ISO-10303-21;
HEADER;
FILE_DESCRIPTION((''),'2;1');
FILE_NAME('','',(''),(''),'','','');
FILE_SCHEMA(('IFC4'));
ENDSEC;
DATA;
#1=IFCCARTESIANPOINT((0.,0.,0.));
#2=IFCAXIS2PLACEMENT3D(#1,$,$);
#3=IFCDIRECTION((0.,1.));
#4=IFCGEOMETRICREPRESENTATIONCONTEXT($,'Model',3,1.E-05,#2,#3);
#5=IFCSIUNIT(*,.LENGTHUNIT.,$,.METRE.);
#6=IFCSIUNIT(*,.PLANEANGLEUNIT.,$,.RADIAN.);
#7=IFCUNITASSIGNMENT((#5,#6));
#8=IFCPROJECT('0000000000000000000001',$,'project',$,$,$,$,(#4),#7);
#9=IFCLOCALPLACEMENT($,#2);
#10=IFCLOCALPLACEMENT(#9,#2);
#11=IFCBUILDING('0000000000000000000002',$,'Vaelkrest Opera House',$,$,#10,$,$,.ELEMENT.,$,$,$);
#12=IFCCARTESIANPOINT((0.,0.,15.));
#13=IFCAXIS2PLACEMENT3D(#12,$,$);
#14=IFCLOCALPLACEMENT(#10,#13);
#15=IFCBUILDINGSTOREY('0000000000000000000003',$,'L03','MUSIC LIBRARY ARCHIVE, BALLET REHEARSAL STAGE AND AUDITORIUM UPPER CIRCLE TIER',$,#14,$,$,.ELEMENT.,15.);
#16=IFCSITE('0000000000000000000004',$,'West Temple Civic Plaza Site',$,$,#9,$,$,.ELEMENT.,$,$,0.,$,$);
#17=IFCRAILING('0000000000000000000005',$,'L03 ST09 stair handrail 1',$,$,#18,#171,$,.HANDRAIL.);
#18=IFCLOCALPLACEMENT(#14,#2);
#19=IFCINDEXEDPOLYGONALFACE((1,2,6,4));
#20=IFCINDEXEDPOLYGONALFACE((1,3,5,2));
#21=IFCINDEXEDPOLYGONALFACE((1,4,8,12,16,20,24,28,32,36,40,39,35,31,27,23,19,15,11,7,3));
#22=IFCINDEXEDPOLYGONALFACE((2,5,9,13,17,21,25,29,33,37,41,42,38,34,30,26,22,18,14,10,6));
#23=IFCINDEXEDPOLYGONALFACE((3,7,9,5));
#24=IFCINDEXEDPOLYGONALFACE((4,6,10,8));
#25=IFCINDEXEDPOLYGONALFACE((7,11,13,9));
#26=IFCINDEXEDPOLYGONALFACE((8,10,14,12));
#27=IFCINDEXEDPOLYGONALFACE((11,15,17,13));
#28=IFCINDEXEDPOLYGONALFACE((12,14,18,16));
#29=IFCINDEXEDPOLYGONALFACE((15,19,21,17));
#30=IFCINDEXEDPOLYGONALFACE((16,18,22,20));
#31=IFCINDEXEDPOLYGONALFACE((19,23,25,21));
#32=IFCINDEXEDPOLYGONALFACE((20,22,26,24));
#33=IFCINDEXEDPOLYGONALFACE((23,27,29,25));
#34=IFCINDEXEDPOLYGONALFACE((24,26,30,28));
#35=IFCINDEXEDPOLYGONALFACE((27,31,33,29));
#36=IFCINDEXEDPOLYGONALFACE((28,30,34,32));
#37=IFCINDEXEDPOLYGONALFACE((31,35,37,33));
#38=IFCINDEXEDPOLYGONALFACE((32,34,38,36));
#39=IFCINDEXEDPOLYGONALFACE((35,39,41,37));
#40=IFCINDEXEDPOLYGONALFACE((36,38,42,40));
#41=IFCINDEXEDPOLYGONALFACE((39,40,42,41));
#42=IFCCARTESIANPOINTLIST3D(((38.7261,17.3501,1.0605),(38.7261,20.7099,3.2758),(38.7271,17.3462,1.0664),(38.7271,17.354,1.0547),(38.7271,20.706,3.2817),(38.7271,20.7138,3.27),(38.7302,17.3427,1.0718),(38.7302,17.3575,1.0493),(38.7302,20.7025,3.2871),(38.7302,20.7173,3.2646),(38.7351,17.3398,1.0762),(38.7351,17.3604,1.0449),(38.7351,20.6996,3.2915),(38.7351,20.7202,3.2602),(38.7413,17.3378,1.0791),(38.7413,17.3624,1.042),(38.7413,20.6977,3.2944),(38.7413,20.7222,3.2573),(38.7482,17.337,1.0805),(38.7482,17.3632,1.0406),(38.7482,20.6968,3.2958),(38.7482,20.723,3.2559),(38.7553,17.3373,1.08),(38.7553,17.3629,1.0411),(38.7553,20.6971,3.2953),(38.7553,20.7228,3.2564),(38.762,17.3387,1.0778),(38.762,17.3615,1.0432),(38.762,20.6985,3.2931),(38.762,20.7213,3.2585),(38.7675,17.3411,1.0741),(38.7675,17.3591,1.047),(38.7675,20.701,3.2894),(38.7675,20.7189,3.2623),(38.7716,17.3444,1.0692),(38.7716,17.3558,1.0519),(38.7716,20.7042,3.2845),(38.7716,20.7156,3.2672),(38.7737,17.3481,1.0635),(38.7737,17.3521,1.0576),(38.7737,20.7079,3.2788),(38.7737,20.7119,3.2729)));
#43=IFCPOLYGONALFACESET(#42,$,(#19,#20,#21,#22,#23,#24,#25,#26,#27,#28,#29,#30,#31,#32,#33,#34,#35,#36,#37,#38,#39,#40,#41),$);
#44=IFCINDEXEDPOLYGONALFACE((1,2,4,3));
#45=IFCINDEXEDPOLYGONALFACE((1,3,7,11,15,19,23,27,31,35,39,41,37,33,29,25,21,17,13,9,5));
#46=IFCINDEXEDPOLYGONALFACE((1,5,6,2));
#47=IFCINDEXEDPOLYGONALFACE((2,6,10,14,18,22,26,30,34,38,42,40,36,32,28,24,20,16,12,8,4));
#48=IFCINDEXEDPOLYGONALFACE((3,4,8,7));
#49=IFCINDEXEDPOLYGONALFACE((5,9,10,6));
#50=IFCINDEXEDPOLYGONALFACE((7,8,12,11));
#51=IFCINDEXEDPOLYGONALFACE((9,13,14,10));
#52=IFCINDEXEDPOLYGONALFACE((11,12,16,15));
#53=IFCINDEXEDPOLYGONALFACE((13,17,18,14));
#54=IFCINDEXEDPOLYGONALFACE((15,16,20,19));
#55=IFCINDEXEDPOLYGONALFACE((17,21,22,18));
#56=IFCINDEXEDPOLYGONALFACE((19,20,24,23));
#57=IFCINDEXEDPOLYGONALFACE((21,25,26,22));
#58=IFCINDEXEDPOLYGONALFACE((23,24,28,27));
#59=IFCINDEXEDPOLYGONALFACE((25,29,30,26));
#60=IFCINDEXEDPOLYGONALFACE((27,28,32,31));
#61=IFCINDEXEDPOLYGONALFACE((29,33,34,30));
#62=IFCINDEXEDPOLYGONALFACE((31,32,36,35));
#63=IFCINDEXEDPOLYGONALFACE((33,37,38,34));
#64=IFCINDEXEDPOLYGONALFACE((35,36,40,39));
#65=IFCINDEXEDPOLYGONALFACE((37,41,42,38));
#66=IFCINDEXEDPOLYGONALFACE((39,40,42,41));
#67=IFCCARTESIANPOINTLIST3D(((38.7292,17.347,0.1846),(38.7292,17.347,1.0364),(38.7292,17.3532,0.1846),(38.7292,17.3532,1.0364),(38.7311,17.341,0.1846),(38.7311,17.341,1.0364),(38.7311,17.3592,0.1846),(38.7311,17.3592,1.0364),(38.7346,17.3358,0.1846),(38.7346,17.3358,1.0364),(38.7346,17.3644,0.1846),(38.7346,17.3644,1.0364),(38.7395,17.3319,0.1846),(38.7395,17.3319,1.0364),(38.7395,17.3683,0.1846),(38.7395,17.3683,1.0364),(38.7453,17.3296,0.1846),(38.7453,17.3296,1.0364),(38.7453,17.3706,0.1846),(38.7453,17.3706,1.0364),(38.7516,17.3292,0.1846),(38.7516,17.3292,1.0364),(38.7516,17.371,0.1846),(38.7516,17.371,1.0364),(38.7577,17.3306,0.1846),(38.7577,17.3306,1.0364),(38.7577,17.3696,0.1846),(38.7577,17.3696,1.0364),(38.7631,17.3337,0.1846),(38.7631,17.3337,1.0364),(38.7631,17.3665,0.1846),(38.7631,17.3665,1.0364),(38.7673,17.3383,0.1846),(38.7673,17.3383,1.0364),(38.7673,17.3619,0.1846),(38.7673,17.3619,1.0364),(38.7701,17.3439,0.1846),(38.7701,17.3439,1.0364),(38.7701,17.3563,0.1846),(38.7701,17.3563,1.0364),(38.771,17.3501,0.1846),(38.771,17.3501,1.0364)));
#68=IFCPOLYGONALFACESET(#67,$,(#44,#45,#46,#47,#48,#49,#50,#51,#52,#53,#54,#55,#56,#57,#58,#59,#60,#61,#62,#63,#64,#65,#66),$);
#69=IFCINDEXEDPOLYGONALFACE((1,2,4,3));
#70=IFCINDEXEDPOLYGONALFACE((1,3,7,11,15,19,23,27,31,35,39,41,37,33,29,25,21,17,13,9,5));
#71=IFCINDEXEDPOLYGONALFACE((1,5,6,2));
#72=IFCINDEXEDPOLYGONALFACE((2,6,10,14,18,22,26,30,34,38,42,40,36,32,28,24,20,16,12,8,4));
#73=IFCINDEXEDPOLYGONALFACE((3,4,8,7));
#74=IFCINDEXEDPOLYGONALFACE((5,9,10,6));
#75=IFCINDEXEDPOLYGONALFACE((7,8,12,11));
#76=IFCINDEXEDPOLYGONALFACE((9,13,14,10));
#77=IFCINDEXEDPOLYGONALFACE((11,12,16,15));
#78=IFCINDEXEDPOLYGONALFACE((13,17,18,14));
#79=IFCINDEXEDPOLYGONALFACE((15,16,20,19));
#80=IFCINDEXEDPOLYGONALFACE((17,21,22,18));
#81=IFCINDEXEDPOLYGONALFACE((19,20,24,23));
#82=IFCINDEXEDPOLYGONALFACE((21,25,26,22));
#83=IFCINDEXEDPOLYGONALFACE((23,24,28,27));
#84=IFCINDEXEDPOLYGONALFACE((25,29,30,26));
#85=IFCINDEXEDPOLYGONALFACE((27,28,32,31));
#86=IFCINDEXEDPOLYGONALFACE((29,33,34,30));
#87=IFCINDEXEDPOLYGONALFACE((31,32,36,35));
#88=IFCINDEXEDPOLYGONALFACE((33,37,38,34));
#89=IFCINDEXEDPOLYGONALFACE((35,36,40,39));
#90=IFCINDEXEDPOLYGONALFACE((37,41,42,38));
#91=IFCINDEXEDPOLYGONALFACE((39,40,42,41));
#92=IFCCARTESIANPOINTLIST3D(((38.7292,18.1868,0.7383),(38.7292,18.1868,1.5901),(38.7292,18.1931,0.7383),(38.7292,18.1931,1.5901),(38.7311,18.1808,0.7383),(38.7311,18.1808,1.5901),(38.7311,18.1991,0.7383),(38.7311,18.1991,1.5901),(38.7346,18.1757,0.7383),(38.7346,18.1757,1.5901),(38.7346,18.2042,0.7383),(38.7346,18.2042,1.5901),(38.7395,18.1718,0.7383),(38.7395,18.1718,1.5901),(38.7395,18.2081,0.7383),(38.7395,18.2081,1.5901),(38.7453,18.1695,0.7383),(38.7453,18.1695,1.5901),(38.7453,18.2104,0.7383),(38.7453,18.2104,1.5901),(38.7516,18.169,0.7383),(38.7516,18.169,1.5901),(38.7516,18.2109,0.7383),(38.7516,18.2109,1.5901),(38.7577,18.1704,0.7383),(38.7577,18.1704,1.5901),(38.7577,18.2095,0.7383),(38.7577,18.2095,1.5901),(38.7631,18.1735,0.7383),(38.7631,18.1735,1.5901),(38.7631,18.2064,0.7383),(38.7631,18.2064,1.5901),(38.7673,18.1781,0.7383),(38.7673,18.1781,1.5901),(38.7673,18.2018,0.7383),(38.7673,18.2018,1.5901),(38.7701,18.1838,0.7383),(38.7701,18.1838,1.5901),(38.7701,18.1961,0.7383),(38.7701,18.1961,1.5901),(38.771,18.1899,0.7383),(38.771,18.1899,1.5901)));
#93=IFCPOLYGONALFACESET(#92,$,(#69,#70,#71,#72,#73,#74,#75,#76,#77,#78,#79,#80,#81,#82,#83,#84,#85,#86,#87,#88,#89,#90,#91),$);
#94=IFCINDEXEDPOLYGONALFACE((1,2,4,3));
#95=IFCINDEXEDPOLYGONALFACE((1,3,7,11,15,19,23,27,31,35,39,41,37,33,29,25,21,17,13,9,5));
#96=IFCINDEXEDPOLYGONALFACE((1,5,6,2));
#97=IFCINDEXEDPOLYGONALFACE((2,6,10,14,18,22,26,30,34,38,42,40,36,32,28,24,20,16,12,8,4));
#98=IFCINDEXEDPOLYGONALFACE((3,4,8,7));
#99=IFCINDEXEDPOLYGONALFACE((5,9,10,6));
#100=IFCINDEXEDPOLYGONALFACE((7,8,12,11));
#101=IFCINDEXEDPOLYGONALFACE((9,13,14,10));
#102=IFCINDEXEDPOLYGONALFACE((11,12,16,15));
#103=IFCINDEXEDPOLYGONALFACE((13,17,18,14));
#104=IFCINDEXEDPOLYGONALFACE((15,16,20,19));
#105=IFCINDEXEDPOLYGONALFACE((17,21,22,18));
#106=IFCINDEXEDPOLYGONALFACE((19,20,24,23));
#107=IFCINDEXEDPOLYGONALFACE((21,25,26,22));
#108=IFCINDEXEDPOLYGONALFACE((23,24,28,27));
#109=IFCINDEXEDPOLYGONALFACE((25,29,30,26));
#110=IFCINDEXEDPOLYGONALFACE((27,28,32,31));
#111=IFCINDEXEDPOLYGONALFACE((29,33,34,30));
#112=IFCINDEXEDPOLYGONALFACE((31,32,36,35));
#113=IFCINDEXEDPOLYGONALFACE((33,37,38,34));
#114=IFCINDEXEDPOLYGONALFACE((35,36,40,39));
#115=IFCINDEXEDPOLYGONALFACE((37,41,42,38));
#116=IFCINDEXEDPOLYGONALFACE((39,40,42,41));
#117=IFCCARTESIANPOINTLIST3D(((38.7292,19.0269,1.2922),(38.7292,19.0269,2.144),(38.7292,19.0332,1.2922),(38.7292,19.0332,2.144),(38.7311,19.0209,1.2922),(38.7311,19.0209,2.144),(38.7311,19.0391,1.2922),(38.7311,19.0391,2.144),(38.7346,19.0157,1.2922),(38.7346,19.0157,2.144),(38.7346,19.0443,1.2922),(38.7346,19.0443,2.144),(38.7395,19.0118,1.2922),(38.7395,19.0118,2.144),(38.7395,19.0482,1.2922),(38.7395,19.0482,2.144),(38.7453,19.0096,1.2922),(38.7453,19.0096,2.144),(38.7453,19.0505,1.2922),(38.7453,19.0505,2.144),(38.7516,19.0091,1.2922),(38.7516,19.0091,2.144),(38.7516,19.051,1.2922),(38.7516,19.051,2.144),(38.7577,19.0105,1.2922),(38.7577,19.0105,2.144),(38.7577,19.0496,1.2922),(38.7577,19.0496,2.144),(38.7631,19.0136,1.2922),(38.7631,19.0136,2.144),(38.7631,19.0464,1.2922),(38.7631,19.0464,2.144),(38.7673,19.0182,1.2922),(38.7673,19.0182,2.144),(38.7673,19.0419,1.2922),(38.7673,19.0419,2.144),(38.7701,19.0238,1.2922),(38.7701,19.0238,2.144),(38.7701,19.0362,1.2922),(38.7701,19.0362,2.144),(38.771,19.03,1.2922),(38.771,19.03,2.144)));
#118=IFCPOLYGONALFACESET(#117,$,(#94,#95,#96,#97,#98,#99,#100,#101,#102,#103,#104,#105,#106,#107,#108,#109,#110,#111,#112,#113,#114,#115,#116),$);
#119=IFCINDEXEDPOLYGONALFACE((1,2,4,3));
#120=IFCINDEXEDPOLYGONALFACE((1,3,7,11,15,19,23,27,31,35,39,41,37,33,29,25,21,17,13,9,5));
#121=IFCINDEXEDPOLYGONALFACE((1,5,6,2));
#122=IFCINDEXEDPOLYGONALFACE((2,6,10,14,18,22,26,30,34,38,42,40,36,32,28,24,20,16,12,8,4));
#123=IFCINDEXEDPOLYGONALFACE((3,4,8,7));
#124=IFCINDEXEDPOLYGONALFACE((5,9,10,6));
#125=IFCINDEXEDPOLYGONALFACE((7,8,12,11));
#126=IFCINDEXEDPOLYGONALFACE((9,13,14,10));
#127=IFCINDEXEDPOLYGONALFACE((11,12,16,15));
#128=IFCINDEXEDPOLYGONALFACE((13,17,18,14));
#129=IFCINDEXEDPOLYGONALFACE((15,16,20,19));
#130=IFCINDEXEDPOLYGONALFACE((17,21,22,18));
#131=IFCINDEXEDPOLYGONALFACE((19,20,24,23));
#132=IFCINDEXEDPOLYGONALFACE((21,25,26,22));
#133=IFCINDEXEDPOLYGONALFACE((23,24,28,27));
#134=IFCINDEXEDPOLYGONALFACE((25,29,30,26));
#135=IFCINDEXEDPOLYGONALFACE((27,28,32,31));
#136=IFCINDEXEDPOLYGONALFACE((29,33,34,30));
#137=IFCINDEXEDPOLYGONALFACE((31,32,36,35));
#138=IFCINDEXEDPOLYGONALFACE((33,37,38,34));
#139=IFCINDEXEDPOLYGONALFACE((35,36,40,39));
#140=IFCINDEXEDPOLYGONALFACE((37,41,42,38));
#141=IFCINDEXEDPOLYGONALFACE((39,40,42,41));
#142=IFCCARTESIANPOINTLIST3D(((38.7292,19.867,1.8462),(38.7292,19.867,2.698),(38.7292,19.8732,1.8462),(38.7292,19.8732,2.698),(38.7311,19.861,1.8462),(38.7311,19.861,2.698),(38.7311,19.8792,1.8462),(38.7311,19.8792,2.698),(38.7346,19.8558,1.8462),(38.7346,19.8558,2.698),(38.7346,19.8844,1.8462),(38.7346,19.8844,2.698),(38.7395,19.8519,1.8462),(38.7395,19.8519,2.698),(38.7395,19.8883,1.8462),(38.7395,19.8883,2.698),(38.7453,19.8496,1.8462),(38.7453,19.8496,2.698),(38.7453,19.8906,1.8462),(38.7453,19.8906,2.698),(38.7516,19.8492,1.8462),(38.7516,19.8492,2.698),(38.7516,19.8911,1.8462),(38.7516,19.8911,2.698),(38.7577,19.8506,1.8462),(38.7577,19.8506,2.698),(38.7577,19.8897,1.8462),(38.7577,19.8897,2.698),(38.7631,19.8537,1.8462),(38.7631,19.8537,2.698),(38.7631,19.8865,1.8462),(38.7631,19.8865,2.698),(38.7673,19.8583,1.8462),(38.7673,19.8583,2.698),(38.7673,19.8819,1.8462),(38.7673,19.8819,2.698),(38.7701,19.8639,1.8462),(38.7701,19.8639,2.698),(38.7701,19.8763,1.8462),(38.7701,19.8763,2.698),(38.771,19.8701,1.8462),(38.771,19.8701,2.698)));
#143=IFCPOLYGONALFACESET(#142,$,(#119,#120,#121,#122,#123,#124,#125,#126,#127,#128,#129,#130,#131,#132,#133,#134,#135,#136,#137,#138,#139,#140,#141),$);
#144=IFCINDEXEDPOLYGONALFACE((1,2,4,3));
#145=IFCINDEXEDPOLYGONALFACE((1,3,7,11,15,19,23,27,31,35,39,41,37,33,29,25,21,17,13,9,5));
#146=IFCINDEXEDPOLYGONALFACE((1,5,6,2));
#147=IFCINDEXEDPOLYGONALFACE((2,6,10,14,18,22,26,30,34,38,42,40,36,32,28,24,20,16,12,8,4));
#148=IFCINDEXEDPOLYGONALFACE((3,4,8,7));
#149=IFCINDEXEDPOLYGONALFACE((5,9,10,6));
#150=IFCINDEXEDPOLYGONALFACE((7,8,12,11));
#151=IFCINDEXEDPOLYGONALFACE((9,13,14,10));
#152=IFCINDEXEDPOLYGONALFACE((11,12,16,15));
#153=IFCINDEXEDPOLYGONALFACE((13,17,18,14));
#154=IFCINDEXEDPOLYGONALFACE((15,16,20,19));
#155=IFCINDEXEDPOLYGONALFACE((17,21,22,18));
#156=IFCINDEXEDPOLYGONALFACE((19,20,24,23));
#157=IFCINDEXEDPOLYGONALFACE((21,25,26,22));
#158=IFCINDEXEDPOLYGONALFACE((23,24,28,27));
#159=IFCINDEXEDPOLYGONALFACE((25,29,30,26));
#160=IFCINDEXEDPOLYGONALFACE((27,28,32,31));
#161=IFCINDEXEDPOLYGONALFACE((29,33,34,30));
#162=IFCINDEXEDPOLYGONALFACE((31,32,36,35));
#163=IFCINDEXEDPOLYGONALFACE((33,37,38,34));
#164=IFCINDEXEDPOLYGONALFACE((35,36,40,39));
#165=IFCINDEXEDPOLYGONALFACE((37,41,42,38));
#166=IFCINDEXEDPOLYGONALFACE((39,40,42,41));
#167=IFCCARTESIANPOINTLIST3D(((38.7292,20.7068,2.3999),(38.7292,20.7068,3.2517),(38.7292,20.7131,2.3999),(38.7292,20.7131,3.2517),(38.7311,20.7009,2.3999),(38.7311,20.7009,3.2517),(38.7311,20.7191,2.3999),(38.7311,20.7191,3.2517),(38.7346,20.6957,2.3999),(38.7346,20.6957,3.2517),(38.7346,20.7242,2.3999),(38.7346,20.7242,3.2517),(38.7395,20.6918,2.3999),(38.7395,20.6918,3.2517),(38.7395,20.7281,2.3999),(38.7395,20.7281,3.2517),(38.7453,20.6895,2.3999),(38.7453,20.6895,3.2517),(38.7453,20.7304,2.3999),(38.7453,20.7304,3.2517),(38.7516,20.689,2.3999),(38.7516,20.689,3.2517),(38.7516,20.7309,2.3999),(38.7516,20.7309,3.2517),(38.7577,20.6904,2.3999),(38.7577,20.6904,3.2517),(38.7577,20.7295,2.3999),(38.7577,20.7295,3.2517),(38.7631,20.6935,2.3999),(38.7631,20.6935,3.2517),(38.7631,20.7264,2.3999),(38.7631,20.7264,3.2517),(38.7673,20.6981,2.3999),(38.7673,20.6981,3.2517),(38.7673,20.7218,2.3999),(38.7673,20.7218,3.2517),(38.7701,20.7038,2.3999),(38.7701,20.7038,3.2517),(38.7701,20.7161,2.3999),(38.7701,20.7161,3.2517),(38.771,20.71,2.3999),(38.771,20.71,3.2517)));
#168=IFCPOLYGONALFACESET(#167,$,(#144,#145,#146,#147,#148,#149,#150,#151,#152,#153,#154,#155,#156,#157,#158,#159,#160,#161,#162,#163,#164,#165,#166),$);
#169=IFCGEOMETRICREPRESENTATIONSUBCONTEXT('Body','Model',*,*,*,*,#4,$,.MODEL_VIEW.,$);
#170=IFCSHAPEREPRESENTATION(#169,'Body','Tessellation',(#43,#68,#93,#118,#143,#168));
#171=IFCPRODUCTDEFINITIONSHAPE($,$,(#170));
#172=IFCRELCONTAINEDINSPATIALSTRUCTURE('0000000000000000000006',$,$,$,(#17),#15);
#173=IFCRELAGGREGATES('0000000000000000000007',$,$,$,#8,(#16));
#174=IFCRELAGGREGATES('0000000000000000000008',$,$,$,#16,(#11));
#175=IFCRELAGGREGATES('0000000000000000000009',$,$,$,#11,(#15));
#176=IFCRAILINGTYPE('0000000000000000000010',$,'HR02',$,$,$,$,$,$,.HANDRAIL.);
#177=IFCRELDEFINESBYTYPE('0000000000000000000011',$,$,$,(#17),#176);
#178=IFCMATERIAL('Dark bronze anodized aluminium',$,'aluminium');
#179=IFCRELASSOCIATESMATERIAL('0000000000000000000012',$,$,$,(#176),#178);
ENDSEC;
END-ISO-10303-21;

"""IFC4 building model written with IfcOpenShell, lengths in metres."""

from ifc_helpers import new_model, si_unit, direction, frame, origin, origin_2d, place, context, subcontext, project, spatial, circle, extrude, material, type_object, element, save


model = new_model("IFC4")

# Units and contexts
model_context = context("Model", 3, precision=1e-05, world=origin(), true_north=direction((0.0, 1.0)))
body_context = subcontext(model_context, "Body", "Model", "MODEL_VIEW")
ifc_project = project(units=[si_unit("LENGTHUNIT", "METRE"), si_unit("PLANEANGLEUNIT", "RADIAN")], contexts=[model_context])

# Site, building, storey
site_placement = place(None, origin())
site = spatial("IfcSite", under=ifc_project, at=site_placement, Name="West Temple Civic Plaza Site", CompositionType="ELEMENT", RefElevation=0.0)
building_placement = place(site_placement, origin())
building = spatial("IfcBuilding", under=site, at=building_placement, Name="Vaelkrest Opera House", CompositionType="ELEMENT")
storey_placement = place(building_placement, frame((0.0, 0.0, 15.0)))
storey = spatial("IfcBuildingStorey", under=building, at=storey_placement, Name="L03", Description="MUSIC LIBRARY ARCHIVE, BALLET REHEARSAL STAGE AND AUDITORIUM UPPER CIRCLE TIER", CompositionType="ELEMENT", Elevation=15.0)

# Shared definitions
ifc_material_1 = material(Name="Dark bronze anodized aluminium", Category="aluminium")

# Railing
railing_type_1 = type_object("IfcRailingType", Name="HR02", PredefinedType="HANDRAIL", material=ifc_material_1)
railing_1_placement = place(storey_placement, frame((38.75, 17.3501, 0.1846)))
element("IfcRailing", 1, at=railing_1_placement, inside=storey, type_object=railing_type_1, Name="L03 ST09 stair handrail 1", PredefinedType="HANDRAIL", context=body_context, shape_type="SweptSolid", body=[
    extrude(circle(Radius=0.0239, at=origin_2d()), frame((0.0, 0.0, 0.876), z_axis=(0.0, 0.834858, 0.550465), x_axis=(-1.0, 0.0, 0.0)), (0.0, 0.0, 1.0), 4.0244),
    extrude(circle(Radius=0.021, at=origin_2d()), origin(), (0.0, 0.0, 1.0), 0.8518),
    extrude(circle(Radius=0.021, at=origin_2d()), frame((0.0, 0.8398, 0.5537)), (0.0, 0.0, 1.0), 0.8518),
    extrude(circle(Radius=0.021, at=origin_2d()), frame((0.0, 1.6799, 1.1077)), (0.0, 0.0, 1.0), 0.8518),
    extrude(circle(Radius=0.021, at=origin_2d()), frame((0.0, 2.52, 1.6616)), (0.0, 0.0, 1.0), 0.8518),
    extrude(circle(Radius=0.021, at=origin_2d()), frame((0.0, 3.3599, 2.2153)), (0.0, 0.0, 1.0), 0.8518),
])

save(model, "model.ifc")
